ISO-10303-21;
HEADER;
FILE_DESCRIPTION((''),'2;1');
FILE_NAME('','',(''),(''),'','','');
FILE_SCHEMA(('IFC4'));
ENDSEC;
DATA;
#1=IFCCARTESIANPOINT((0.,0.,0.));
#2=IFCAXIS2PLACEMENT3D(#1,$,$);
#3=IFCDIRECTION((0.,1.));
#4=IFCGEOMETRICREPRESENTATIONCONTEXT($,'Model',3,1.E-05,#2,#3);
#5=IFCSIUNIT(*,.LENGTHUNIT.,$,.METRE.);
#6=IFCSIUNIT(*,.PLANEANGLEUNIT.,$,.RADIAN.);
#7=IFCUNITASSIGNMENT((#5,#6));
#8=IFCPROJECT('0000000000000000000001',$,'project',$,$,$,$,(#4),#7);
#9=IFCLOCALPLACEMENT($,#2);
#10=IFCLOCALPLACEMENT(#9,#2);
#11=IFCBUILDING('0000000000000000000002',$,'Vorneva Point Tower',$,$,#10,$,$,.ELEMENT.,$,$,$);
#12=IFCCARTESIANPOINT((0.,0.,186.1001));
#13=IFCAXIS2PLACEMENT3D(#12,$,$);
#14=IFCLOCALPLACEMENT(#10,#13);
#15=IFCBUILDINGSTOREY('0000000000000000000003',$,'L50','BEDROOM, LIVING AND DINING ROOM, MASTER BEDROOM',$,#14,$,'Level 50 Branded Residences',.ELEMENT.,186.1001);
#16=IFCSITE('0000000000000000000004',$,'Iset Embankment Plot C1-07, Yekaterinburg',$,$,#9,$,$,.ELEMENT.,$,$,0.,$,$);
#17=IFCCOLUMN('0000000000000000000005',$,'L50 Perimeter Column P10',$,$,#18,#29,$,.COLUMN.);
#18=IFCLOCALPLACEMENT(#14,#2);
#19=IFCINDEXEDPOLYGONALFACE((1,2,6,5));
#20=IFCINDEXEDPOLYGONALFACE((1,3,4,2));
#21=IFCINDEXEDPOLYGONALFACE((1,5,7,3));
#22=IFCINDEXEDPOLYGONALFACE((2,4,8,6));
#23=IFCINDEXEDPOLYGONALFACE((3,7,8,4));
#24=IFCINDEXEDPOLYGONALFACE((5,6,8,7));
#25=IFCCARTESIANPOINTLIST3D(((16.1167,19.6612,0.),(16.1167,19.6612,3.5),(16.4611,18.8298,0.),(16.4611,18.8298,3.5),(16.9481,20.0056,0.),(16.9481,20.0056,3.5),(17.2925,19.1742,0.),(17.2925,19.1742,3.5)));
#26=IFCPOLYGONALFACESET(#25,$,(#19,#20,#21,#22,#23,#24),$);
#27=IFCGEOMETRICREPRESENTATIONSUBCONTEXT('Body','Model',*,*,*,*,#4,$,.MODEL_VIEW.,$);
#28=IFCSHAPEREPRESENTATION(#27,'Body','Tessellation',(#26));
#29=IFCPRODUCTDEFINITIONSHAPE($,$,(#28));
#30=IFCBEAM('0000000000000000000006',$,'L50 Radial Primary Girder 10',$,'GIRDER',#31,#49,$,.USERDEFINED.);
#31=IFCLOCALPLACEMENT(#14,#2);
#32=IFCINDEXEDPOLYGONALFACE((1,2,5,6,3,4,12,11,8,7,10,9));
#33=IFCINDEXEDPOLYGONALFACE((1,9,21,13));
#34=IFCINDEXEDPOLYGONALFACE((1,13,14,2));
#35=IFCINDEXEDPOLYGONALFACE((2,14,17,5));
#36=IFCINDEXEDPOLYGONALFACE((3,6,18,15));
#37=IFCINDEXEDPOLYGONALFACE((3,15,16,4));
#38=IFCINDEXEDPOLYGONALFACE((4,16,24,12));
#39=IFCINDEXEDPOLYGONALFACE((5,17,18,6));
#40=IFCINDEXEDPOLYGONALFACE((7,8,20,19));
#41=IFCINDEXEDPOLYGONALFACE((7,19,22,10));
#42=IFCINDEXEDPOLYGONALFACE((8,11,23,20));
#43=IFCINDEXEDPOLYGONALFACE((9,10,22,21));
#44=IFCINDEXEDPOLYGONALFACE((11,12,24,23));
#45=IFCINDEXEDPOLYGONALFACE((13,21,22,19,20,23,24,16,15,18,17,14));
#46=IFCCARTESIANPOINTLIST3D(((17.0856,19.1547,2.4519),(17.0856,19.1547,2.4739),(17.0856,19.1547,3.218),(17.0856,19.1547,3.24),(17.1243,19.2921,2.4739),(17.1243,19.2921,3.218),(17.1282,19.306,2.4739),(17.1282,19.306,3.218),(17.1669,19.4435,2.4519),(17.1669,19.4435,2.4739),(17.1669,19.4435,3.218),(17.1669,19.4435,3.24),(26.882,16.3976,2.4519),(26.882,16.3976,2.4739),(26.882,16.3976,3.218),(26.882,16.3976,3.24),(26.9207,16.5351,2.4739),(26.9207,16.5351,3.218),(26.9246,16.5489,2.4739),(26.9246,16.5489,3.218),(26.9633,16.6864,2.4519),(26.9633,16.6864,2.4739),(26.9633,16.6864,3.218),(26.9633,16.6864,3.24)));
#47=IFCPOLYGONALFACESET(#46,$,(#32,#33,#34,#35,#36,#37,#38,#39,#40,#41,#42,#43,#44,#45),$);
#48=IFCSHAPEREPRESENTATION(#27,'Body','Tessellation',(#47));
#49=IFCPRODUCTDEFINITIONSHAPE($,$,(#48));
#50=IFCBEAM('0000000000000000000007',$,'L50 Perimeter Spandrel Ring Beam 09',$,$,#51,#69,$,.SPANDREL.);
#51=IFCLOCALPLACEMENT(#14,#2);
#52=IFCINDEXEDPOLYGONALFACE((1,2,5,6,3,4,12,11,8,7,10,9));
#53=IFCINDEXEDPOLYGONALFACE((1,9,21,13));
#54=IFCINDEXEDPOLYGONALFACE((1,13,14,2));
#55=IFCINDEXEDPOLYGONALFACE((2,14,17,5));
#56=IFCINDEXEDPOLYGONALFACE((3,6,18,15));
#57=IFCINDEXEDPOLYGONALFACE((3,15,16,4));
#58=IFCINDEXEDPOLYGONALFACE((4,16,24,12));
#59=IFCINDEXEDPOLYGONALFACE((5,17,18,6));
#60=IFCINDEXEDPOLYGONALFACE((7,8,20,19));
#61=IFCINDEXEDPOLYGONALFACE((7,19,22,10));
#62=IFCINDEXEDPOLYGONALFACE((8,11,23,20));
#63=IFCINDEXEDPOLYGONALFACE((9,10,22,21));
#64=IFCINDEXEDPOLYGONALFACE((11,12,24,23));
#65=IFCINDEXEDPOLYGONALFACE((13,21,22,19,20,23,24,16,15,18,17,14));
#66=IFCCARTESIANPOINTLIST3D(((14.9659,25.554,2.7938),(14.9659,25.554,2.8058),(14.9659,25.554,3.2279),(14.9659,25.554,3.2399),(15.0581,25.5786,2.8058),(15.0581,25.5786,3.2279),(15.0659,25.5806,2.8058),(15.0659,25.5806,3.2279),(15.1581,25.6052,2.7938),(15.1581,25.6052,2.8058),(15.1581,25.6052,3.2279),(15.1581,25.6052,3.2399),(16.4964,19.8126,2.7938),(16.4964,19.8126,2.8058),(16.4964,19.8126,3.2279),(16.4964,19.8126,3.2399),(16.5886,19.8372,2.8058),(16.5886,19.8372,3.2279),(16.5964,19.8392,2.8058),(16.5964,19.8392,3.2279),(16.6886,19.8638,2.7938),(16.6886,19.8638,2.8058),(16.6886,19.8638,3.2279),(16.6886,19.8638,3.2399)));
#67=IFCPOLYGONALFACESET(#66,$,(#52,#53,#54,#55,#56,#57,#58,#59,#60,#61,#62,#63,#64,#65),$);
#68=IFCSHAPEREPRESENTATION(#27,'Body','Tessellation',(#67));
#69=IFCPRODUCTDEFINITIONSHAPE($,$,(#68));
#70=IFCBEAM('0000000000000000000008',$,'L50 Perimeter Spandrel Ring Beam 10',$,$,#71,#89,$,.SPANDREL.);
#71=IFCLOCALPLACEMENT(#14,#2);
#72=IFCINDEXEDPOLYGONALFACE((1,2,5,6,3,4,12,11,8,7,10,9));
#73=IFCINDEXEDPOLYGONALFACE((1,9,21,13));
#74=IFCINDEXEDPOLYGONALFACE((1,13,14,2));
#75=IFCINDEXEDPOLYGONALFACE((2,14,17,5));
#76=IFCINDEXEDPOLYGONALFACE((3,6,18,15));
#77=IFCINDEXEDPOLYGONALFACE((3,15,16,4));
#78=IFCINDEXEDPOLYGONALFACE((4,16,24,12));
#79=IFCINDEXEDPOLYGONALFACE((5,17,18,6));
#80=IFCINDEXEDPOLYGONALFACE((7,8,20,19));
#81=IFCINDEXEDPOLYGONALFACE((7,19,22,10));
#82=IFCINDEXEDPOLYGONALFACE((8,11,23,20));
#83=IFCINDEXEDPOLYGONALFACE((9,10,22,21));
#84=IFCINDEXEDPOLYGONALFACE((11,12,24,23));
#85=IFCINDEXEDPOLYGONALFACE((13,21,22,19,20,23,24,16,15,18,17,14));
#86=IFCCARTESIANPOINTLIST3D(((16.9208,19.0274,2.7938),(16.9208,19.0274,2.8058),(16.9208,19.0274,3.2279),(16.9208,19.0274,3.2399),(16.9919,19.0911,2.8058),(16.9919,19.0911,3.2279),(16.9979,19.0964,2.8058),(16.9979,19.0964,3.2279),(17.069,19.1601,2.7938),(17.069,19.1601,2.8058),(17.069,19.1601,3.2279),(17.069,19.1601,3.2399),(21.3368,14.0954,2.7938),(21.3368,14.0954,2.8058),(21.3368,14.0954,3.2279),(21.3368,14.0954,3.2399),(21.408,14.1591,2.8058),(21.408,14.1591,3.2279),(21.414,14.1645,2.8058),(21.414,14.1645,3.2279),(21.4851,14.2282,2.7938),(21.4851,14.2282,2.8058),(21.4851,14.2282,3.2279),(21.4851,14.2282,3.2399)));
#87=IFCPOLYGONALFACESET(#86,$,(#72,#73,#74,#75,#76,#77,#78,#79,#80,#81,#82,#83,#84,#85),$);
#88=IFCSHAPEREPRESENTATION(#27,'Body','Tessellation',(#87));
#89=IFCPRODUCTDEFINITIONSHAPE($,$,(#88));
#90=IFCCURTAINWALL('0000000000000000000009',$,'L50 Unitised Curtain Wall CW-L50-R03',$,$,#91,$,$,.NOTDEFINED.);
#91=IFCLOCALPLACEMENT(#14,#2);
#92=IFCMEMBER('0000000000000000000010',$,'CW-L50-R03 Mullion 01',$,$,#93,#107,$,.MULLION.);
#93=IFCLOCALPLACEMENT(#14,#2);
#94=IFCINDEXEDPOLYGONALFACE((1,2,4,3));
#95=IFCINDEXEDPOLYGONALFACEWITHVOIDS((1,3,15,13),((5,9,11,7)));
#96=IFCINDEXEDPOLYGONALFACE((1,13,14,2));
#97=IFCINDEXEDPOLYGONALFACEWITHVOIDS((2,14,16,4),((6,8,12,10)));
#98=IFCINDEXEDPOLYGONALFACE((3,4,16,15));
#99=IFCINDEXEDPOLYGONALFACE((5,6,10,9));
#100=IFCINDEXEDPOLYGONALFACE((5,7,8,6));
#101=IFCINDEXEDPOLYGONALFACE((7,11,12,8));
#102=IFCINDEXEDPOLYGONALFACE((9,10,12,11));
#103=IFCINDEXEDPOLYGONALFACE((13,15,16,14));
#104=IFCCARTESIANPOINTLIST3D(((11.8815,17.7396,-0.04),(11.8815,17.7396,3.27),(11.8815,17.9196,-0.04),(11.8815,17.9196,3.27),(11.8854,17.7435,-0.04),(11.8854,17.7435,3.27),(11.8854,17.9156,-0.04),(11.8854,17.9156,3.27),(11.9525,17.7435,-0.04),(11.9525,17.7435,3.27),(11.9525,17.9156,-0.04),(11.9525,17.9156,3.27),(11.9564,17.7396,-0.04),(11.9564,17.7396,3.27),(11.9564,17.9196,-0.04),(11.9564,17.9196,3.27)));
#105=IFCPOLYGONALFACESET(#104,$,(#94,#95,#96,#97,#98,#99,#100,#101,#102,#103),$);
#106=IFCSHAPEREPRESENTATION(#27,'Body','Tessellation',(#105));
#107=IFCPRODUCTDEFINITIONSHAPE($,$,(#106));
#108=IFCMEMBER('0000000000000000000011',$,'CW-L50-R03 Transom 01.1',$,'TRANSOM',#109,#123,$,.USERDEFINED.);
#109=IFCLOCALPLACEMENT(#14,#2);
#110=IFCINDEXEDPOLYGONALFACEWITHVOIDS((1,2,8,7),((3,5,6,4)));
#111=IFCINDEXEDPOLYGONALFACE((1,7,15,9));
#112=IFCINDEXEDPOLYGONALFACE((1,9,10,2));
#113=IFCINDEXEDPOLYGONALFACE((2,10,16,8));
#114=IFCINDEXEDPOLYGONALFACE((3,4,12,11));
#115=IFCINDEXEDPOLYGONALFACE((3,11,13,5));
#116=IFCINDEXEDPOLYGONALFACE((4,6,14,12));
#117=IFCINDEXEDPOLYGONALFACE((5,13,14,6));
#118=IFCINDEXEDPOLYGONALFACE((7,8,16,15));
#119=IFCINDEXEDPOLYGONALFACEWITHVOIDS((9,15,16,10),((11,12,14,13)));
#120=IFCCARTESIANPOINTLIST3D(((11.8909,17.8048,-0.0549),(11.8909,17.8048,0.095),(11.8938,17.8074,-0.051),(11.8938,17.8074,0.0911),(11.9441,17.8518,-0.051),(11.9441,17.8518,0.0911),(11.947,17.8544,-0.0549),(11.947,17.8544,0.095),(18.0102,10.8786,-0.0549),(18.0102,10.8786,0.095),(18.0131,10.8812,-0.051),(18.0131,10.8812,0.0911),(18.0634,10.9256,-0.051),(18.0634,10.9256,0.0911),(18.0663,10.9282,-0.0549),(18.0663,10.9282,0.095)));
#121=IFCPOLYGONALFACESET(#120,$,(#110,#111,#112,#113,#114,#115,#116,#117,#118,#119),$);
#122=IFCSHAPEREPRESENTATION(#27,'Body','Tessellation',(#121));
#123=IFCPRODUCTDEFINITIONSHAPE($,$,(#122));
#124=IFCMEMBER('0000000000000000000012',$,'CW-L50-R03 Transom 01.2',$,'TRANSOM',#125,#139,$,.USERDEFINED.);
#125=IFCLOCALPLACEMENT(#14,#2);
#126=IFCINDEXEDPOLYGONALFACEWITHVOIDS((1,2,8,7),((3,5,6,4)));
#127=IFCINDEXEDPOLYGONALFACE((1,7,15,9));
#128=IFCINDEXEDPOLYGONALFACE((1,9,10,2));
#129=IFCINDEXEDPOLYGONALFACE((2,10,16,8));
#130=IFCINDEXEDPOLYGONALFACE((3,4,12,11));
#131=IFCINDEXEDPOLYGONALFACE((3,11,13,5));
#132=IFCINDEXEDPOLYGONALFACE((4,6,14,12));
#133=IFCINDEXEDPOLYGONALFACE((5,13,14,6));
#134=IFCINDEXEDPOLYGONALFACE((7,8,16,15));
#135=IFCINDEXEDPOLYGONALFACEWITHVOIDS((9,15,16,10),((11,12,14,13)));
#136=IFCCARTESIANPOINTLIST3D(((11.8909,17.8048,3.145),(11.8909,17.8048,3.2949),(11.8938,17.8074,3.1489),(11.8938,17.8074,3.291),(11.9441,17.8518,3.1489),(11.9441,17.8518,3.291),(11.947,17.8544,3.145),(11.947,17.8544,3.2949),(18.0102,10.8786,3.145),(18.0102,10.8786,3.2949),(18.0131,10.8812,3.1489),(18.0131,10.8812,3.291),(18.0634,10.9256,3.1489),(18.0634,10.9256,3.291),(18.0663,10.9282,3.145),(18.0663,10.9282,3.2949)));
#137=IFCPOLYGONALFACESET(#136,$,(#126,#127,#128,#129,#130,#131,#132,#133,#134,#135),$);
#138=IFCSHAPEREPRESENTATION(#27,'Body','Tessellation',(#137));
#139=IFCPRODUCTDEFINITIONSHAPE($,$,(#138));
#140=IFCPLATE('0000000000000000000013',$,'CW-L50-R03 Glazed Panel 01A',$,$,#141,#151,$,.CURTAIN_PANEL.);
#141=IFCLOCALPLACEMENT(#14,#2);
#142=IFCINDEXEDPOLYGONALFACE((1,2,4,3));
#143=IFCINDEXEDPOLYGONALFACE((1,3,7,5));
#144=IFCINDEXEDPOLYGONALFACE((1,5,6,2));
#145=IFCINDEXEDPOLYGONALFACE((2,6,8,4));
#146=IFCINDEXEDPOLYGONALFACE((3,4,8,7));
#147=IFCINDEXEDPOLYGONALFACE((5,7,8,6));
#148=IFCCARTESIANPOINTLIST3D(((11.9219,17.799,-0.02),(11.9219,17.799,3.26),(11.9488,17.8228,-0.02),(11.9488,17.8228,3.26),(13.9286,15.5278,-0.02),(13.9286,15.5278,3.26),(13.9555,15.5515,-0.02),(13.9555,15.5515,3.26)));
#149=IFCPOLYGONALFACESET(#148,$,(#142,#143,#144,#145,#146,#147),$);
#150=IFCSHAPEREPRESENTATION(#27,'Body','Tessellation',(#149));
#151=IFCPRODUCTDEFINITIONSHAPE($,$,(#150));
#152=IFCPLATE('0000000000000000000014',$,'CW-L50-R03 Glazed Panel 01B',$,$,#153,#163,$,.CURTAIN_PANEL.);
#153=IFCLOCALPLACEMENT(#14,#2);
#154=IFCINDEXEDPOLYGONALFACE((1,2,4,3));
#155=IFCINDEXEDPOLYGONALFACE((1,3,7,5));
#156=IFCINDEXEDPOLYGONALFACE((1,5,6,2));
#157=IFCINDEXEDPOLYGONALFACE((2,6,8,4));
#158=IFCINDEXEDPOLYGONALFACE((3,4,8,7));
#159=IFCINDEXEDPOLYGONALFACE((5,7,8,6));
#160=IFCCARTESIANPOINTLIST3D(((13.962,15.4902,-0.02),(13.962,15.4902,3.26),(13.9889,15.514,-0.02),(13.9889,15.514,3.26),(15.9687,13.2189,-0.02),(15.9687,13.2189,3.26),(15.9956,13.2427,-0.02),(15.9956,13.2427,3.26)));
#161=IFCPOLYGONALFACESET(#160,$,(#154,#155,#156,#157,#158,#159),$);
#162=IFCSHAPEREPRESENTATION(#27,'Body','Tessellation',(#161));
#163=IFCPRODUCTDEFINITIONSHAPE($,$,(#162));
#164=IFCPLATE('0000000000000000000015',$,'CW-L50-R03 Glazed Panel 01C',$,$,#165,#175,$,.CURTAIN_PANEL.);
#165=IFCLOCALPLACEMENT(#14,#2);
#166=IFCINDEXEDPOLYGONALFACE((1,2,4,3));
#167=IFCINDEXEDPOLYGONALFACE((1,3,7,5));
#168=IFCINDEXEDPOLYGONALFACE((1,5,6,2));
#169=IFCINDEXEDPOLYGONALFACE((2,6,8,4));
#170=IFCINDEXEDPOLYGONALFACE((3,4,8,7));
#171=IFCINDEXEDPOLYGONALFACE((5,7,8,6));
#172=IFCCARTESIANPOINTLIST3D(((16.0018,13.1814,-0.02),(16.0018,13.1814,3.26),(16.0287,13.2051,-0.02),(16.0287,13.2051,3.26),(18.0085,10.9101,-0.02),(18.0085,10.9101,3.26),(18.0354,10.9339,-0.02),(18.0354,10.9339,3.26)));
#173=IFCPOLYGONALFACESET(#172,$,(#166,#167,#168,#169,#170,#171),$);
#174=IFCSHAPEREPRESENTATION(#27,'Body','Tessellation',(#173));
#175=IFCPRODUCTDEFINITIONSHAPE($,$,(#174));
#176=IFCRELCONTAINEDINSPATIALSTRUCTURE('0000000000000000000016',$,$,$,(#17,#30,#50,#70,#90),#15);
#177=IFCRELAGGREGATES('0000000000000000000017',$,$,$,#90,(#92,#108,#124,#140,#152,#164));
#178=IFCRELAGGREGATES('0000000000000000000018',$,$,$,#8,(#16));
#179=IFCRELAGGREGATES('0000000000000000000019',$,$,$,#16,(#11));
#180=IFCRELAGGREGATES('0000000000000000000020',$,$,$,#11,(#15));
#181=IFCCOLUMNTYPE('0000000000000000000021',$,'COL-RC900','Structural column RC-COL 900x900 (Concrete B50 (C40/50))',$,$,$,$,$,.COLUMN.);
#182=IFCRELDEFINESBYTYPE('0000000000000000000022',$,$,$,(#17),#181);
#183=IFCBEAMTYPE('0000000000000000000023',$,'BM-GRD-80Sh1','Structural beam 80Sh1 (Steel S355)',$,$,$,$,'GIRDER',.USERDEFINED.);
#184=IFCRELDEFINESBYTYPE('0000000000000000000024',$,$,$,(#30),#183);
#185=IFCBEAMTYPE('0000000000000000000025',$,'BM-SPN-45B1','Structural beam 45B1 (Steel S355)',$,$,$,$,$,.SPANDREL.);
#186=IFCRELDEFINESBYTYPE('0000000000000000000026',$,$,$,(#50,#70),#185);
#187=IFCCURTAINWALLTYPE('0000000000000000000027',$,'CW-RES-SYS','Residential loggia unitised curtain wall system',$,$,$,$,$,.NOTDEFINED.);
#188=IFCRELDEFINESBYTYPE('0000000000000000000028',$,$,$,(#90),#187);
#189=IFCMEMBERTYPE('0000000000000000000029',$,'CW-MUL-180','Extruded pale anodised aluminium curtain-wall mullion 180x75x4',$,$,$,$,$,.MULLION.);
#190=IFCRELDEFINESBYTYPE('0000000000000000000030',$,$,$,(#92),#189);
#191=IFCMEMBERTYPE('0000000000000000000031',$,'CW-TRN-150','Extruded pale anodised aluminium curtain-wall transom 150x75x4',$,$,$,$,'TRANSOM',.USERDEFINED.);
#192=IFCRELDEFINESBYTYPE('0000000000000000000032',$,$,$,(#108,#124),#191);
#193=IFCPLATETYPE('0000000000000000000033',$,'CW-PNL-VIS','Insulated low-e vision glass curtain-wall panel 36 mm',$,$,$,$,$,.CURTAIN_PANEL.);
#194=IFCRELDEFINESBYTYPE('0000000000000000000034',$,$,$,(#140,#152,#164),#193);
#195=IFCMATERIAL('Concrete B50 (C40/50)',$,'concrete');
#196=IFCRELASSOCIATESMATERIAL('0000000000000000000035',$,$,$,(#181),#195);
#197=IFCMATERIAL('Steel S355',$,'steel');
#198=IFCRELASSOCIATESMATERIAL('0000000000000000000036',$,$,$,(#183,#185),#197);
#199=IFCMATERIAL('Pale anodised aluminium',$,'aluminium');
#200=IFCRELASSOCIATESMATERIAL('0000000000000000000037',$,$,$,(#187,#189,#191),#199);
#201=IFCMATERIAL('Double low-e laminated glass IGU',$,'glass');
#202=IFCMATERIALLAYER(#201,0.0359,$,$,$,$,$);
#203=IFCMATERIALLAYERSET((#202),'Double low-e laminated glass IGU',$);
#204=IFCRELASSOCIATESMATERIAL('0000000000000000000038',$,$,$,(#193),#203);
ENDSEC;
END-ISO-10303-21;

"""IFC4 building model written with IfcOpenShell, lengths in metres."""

from ifc_helpers import new_model, si_unit, direction, frame, origin, origin_2d, place, context, subcontext, project, spatial, rectangle, hollow_rectangle, i_section, extrude, material, layer, layer_set, material_profile, profile_set, type_object, element, aggregate, save


model = new_model("IFC4")

# Units and contexts
model_context = context("Model", 3, precision=1e-05, world=origin(), true_north=direction((0.0, 1.0)))
body_context = subcontext(model_context, "Body", "Model", "MODEL_VIEW")
ifc_project = project(units=[si_unit("LENGTHUNIT", "METRE"), si_unit("PLANEANGLEUNIT", "RADIAN")], contexts=[model_context])

# Site, building, storey
site_placement = place(None, origin())
site = spatial("IfcSite", under=ifc_project, at=site_placement, Name="Iset Embankment Plot C1-07, Yekaterinburg", CompositionType="ELEMENT", RefElevation=0.0)
building_placement = place(site_placement, origin())
building = spatial("IfcBuilding", under=site, at=building_placement, Name="Vorneva Point Tower", CompositionType="ELEMENT")
storey_placement = place(building_placement, frame((0.0, 0.0, 186.1001)))
storey = spatial("IfcBuildingStorey", under=building, at=storey_placement, Name="L50", Description="BEDROOM, LIVING AND DINING ROOM, MASTER BEDROOM", LongName="Level 50 Branded Residences", CompositionType="ELEMENT", Elevation=186.1001)

# Column
ifc_material_1 = material(Name="Concrete B50 (C40/50)", Category="concrete")
ifc_material_profile_1 = material_profile(ifc_material_1, rectangle(XDim=0.8999, YDim=0.8999, at=origin_2d()), Name="RC-COL 900x900")
ifc_profile_set_1 = profile_set([ifc_material_profile_1], Name="Concrete B50 (C40/50)")
column_type = type_object("IfcColumnType", Name="COL-RC900", Description="Structural column RC-COL 900x900 (Concrete B50 (C40/50))", PredefinedType="COLUMN", material=ifc_profile_set_1)
column_placement = place(storey_placement, frame((16.7046, 19.4177, 0.0), z_axis=(0.0, 0.0, 1.0), x_axis=(-0.92388, -0.382683, 0.0)))
element("IfcColumn", 1, at=column_placement, inside=storey, type_object=column_type, Name="L50 Perimeter Column P10", PredefinedType="COLUMN", context=body_context, shape_type="SweptSolid", body=[
    extrude(rectangle(XDim=0.8999, YDim=0.8999, at=origin_2d()), origin(), (0.0, 0.0, 1.0), 3.5),
])

# Beams
ifc_material_2 = material(Name="Steel S355", Category="steel")
ifc_material_profile_2 = material_profile(ifc_material_2, i_section(OverallWidth=0.3, OverallDepth=0.7881, WebThickness=0.0144, FlangeThickness=0.022, at=origin_2d()), Name="80Sh1")
ifc_profile_set_2 = profile_set([ifc_material_profile_2], Name="Steel S355")
beam_type_1 = type_object("IfcBeamType", Name="BM-GRD-80Sh1", Description="Structural beam 80Sh1 (Steel S355)", ElementType="GIRDER", PredefinedType="USERDEFINED", material=ifc_profile_set_2)
beam_1_placement = place(storey_placement, frame((17.1262, 19.2991, 2.8459), z_axis=(0.962604, -0.270914, 0.0), x_axis=(0.270914, 0.962604, 0.0)))
element("IfcBeam", 2, at=beam_1_placement, inside=storey, type_object=beam_type_1, Name="L50 Radial Primary Girder 10", ObjectType="GIRDER", PredefinedType="USERDEFINED", context=body_context, shape_type="SweptSolid", body=[
    extrude(i_section(OverallWidth=0.3, OverallDepth=0.7881, WebThickness=0.0144, FlangeThickness=0.022, at=origin_2d()), origin(), (0.0, 0.0, 1.0), 10.177),
])
ifc_material_profile_3 = material_profile(ifc_material_2, i_section(OverallWidth=0.199, OverallDepth=0.446, WebThickness=0.0081, FlangeThickness=0.012, at=origin_2d()), Name="45B1")
ifc_profile_set_3 = profile_set([ifc_material_profile_3], Name="Steel S355")
beam_type_2 = type_object("IfcBeamType", Name="BM-SPN-45B1", Description="Structural beam 45B1 (Steel S355)", PredefinedType="SPANDREL", material=ifc_profile_set_3)
beam_2_placement = place(storey_placement, frame((15.062, 25.5796, 3.0168), z_axis=(0.257578, -0.966257, 0.0), x_axis=(0.966257, 0.257578, 0.0)))
element("IfcBeam", 3, at=beam_2_placement, inside=storey, type_object=beam_type_2, Name="L50 Perimeter Spandrel Ring Beam 09", PredefinedType="SPANDREL", context=body_context, shape_type="SweptSolid", body=[
    extrude(i_section(OverallWidth=0.199, OverallDepth=0.446, WebThickness=0.0081, FlangeThickness=0.012, at=origin_2d()), origin(), (0.0, 0.0, 1.0), 5.9419),
])
beam_3_placement = place(storey_placement, frame((16.9949, 19.0938, 3.0168), z_axis=(0.66707, -0.744995, 0.0), x_axis=(0.744995, 0.66707, 0.0)))
element("IfcBeam", 4, at=beam_3_placement, inside=storey, type_object=beam_type_2, Name="L50 Perimeter Spandrel Ring Beam 10", PredefinedType="SPANDREL", context=body_context, shape_type="SweptSolid", body=[
    extrude(i_section(OverallWidth=0.199, OverallDepth=0.446, WebThickness=0.0081, FlangeThickness=0.012, at=origin_2d()), origin(), (0.0, 0.0, 1.0), 6.6201),
])

# Curtain wall, members, plates
ifc_material_3 = material(Name="Pale anodised aluminium", Category="aluminium")
curtain_wall_type = type_object("IfcCurtainWallType", Name="CW-RES-SYS", Description="Residential loggia unitised curtain wall system", PredefinedType="NOTDEFINED", material=ifc_material_3)
curtain_wall_placement = place(storey_placement, origin())
curtain_wall = element("IfcCurtainWall", 5, at=curtain_wall_placement, inside=storey, type_object=curtain_wall_type, Name="L50 Unitised Curtain Wall CW-L50-R03", PredefinedType="NOTDEFINED")
ifc_material_profile_4 = material_profile(ifc_material_3, hollow_rectangle(XDim=0.075, YDim=0.1799, WallThickness=0.0039, at=origin_2d()), Name="AL-MUL 180x75x4")
ifc_profile_set_4 = profile_set([ifc_material_profile_4], Name="Pale anodised aluminium")
member_type_1 = type_object("IfcMemberType", Name="CW-MUL-180", Description="Extruded pale anodised aluminium curtain-wall mullion 180x75x4", PredefinedType="MULLION", material=ifc_profile_set_4)
member_1_placement = place(storey_placement, frame((11.9189, 17.8296, -0.04), z_axis=(0.0, 0.0, 1.0), x_axis=(1.0, 0.0, 0.0)))
member_1 = element("IfcMember", 6, at=member_1_placement, type_object=member_type_1, Name="CW-L50-R03 Mullion 01", PredefinedType="MULLION", context=body_context, shape_type="SweptSolid", body=[
    extrude(hollow_rectangle(XDim=0.075, YDim=0.1799, WallThickness=0.0039, at=origin_2d()), origin(), (0.0, 0.0, 1.0), 3.3101),
])
ifc_material_profile_5 = material_profile(ifc_material_3, hollow_rectangle(XDim=0.075, YDim=0.1499, WallThickness=0.0039, at=origin_2d()), Name="AL-TRN 150x75x4")
ifc_profile_set_5 = profile_set([ifc_material_profile_5], Name="Pale anodised aluminium")
member_type_2 = type_object("IfcMemberType", Name="CW-TRN-150", Description="Extruded pale anodised aluminium curtain-wall transom 150x75x4", ElementType="TRANSOM", PredefinedType="USERDEFINED", material=ifc_profile_set_5)
member_2_placement = place(storey_placement, frame((11.9189, 17.8296, 0.02), z_axis=(0.662106, -0.74941, 0.0), x_axis=(0.74941, 0.662106, 0.0)))
member_2 = element("IfcMember", 7, at=member_2_placement, type_object=member_type_2, Name="CW-L50-R03 Transom 01.1", ObjectType="TRANSOM", PredefinedType="USERDEFINED", context=body_context, shape_type="SweptSolid", body=[
    extrude(hollow_rectangle(XDim=0.075, YDim=0.1499, WallThickness=0.0039, at=origin_2d()), origin(), (0.0, 0.0, 1.0), 9.2422),
])
member_3_placement = place(storey_placement, frame((11.9189, 17.8296, 3.22), z_axis=(0.662106, -0.74941, 0.0), x_axis=(0.74941, 0.662106, 0.0)))
member_3 = element("IfcMember", 8, at=member_3_placement, type_object=member_type_2, Name="CW-L50-R03 Transom 01.2", ObjectType="TRANSOM", PredefinedType="USERDEFINED", context=body_context, shape_type="SweptSolid", body=[
    extrude(hollow_rectangle(XDim=0.075, YDim=0.1499, WallThickness=0.0039, at=origin_2d()), origin(), (0.0, 0.0, 1.0), 9.2422),
])
ifc_material_4 = material(Name="Double low-e laminated glass IGU", Category="glass")
ifc_layer_1 = layer(ifc_material_4, 0.0359)
ifc_layer_set_1 = layer_set([ifc_layer_1], Name="Double low-e laminated glass IGU")
plate_type = type_object("IfcPlateType", Name="CW-PNL-VIS", Description="Insulated low-e vision glass curtain-wall panel 36 mm", PredefinedType="CURTAIN_PANEL", material=ifc_layer_set_1)
plate_1_placement = place(storey_placement, frame((12.9387, 16.6753, -0.02), z_axis=(0.0, 0.0, 1.0), x_axis=(0.66211, -0.749407, 0.0)))
plate_1 = element("IfcPlate", 9, at=plate_1_placement, type_object=plate_type, Name="CW-L50-R03 Glazed Panel 01A", PredefinedType="CURTAIN_PANEL", context=body_context, shape_type="SweptSolid", body=[
    extrude(rectangle(XDim=3.0308, YDim=0.0359, at=origin_2d()), origin(), (0.0, 0.0, 1.0), 3.28),
])
plate_2_placement = place(storey_placement, frame((14.9788, 14.3665, -0.02), z_axis=(0.0, 0.0, 1.0), x_axis=(0.66211, -0.749407, 0.0)))
plate_2 = element("IfcPlate", 10, at=plate_2_placement, type_object=plate_type, Name="CW-L50-R03 Glazed Panel 01B", PredefinedType="CURTAIN_PANEL", context=body_context, shape_type="SweptSolid", body=[
    extrude(rectangle(XDim=3.0308, YDim=0.0359, at=origin_2d()), origin(), (0.0, 0.0, 1.0), 3.28),
])
plate_3_placement = place(storey_placement, frame((17.0186, 12.0576, -0.02), z_axis=(0.0, 0.0, 1.0), x_axis=(0.66211, -0.749407, 0.0)))
plate_3 = element("IfcPlate", 11, at=plate_3_placement, type_object=plate_type, Name="CW-L50-R03 Glazed Panel 01C", PredefinedType="CURTAIN_PANEL", context=body_context, shape_type="SweptSolid", body=[
    extrude(rectangle(XDim=3.0308, YDim=0.0359, at=origin_2d()), origin(), (0.0, 0.0, 1.0), 3.28),
])
aggregate(curtain_wall, [member_1, member_2, member_3, plate_1, plate_2, plate_3])

save(model, "model.ifc")
